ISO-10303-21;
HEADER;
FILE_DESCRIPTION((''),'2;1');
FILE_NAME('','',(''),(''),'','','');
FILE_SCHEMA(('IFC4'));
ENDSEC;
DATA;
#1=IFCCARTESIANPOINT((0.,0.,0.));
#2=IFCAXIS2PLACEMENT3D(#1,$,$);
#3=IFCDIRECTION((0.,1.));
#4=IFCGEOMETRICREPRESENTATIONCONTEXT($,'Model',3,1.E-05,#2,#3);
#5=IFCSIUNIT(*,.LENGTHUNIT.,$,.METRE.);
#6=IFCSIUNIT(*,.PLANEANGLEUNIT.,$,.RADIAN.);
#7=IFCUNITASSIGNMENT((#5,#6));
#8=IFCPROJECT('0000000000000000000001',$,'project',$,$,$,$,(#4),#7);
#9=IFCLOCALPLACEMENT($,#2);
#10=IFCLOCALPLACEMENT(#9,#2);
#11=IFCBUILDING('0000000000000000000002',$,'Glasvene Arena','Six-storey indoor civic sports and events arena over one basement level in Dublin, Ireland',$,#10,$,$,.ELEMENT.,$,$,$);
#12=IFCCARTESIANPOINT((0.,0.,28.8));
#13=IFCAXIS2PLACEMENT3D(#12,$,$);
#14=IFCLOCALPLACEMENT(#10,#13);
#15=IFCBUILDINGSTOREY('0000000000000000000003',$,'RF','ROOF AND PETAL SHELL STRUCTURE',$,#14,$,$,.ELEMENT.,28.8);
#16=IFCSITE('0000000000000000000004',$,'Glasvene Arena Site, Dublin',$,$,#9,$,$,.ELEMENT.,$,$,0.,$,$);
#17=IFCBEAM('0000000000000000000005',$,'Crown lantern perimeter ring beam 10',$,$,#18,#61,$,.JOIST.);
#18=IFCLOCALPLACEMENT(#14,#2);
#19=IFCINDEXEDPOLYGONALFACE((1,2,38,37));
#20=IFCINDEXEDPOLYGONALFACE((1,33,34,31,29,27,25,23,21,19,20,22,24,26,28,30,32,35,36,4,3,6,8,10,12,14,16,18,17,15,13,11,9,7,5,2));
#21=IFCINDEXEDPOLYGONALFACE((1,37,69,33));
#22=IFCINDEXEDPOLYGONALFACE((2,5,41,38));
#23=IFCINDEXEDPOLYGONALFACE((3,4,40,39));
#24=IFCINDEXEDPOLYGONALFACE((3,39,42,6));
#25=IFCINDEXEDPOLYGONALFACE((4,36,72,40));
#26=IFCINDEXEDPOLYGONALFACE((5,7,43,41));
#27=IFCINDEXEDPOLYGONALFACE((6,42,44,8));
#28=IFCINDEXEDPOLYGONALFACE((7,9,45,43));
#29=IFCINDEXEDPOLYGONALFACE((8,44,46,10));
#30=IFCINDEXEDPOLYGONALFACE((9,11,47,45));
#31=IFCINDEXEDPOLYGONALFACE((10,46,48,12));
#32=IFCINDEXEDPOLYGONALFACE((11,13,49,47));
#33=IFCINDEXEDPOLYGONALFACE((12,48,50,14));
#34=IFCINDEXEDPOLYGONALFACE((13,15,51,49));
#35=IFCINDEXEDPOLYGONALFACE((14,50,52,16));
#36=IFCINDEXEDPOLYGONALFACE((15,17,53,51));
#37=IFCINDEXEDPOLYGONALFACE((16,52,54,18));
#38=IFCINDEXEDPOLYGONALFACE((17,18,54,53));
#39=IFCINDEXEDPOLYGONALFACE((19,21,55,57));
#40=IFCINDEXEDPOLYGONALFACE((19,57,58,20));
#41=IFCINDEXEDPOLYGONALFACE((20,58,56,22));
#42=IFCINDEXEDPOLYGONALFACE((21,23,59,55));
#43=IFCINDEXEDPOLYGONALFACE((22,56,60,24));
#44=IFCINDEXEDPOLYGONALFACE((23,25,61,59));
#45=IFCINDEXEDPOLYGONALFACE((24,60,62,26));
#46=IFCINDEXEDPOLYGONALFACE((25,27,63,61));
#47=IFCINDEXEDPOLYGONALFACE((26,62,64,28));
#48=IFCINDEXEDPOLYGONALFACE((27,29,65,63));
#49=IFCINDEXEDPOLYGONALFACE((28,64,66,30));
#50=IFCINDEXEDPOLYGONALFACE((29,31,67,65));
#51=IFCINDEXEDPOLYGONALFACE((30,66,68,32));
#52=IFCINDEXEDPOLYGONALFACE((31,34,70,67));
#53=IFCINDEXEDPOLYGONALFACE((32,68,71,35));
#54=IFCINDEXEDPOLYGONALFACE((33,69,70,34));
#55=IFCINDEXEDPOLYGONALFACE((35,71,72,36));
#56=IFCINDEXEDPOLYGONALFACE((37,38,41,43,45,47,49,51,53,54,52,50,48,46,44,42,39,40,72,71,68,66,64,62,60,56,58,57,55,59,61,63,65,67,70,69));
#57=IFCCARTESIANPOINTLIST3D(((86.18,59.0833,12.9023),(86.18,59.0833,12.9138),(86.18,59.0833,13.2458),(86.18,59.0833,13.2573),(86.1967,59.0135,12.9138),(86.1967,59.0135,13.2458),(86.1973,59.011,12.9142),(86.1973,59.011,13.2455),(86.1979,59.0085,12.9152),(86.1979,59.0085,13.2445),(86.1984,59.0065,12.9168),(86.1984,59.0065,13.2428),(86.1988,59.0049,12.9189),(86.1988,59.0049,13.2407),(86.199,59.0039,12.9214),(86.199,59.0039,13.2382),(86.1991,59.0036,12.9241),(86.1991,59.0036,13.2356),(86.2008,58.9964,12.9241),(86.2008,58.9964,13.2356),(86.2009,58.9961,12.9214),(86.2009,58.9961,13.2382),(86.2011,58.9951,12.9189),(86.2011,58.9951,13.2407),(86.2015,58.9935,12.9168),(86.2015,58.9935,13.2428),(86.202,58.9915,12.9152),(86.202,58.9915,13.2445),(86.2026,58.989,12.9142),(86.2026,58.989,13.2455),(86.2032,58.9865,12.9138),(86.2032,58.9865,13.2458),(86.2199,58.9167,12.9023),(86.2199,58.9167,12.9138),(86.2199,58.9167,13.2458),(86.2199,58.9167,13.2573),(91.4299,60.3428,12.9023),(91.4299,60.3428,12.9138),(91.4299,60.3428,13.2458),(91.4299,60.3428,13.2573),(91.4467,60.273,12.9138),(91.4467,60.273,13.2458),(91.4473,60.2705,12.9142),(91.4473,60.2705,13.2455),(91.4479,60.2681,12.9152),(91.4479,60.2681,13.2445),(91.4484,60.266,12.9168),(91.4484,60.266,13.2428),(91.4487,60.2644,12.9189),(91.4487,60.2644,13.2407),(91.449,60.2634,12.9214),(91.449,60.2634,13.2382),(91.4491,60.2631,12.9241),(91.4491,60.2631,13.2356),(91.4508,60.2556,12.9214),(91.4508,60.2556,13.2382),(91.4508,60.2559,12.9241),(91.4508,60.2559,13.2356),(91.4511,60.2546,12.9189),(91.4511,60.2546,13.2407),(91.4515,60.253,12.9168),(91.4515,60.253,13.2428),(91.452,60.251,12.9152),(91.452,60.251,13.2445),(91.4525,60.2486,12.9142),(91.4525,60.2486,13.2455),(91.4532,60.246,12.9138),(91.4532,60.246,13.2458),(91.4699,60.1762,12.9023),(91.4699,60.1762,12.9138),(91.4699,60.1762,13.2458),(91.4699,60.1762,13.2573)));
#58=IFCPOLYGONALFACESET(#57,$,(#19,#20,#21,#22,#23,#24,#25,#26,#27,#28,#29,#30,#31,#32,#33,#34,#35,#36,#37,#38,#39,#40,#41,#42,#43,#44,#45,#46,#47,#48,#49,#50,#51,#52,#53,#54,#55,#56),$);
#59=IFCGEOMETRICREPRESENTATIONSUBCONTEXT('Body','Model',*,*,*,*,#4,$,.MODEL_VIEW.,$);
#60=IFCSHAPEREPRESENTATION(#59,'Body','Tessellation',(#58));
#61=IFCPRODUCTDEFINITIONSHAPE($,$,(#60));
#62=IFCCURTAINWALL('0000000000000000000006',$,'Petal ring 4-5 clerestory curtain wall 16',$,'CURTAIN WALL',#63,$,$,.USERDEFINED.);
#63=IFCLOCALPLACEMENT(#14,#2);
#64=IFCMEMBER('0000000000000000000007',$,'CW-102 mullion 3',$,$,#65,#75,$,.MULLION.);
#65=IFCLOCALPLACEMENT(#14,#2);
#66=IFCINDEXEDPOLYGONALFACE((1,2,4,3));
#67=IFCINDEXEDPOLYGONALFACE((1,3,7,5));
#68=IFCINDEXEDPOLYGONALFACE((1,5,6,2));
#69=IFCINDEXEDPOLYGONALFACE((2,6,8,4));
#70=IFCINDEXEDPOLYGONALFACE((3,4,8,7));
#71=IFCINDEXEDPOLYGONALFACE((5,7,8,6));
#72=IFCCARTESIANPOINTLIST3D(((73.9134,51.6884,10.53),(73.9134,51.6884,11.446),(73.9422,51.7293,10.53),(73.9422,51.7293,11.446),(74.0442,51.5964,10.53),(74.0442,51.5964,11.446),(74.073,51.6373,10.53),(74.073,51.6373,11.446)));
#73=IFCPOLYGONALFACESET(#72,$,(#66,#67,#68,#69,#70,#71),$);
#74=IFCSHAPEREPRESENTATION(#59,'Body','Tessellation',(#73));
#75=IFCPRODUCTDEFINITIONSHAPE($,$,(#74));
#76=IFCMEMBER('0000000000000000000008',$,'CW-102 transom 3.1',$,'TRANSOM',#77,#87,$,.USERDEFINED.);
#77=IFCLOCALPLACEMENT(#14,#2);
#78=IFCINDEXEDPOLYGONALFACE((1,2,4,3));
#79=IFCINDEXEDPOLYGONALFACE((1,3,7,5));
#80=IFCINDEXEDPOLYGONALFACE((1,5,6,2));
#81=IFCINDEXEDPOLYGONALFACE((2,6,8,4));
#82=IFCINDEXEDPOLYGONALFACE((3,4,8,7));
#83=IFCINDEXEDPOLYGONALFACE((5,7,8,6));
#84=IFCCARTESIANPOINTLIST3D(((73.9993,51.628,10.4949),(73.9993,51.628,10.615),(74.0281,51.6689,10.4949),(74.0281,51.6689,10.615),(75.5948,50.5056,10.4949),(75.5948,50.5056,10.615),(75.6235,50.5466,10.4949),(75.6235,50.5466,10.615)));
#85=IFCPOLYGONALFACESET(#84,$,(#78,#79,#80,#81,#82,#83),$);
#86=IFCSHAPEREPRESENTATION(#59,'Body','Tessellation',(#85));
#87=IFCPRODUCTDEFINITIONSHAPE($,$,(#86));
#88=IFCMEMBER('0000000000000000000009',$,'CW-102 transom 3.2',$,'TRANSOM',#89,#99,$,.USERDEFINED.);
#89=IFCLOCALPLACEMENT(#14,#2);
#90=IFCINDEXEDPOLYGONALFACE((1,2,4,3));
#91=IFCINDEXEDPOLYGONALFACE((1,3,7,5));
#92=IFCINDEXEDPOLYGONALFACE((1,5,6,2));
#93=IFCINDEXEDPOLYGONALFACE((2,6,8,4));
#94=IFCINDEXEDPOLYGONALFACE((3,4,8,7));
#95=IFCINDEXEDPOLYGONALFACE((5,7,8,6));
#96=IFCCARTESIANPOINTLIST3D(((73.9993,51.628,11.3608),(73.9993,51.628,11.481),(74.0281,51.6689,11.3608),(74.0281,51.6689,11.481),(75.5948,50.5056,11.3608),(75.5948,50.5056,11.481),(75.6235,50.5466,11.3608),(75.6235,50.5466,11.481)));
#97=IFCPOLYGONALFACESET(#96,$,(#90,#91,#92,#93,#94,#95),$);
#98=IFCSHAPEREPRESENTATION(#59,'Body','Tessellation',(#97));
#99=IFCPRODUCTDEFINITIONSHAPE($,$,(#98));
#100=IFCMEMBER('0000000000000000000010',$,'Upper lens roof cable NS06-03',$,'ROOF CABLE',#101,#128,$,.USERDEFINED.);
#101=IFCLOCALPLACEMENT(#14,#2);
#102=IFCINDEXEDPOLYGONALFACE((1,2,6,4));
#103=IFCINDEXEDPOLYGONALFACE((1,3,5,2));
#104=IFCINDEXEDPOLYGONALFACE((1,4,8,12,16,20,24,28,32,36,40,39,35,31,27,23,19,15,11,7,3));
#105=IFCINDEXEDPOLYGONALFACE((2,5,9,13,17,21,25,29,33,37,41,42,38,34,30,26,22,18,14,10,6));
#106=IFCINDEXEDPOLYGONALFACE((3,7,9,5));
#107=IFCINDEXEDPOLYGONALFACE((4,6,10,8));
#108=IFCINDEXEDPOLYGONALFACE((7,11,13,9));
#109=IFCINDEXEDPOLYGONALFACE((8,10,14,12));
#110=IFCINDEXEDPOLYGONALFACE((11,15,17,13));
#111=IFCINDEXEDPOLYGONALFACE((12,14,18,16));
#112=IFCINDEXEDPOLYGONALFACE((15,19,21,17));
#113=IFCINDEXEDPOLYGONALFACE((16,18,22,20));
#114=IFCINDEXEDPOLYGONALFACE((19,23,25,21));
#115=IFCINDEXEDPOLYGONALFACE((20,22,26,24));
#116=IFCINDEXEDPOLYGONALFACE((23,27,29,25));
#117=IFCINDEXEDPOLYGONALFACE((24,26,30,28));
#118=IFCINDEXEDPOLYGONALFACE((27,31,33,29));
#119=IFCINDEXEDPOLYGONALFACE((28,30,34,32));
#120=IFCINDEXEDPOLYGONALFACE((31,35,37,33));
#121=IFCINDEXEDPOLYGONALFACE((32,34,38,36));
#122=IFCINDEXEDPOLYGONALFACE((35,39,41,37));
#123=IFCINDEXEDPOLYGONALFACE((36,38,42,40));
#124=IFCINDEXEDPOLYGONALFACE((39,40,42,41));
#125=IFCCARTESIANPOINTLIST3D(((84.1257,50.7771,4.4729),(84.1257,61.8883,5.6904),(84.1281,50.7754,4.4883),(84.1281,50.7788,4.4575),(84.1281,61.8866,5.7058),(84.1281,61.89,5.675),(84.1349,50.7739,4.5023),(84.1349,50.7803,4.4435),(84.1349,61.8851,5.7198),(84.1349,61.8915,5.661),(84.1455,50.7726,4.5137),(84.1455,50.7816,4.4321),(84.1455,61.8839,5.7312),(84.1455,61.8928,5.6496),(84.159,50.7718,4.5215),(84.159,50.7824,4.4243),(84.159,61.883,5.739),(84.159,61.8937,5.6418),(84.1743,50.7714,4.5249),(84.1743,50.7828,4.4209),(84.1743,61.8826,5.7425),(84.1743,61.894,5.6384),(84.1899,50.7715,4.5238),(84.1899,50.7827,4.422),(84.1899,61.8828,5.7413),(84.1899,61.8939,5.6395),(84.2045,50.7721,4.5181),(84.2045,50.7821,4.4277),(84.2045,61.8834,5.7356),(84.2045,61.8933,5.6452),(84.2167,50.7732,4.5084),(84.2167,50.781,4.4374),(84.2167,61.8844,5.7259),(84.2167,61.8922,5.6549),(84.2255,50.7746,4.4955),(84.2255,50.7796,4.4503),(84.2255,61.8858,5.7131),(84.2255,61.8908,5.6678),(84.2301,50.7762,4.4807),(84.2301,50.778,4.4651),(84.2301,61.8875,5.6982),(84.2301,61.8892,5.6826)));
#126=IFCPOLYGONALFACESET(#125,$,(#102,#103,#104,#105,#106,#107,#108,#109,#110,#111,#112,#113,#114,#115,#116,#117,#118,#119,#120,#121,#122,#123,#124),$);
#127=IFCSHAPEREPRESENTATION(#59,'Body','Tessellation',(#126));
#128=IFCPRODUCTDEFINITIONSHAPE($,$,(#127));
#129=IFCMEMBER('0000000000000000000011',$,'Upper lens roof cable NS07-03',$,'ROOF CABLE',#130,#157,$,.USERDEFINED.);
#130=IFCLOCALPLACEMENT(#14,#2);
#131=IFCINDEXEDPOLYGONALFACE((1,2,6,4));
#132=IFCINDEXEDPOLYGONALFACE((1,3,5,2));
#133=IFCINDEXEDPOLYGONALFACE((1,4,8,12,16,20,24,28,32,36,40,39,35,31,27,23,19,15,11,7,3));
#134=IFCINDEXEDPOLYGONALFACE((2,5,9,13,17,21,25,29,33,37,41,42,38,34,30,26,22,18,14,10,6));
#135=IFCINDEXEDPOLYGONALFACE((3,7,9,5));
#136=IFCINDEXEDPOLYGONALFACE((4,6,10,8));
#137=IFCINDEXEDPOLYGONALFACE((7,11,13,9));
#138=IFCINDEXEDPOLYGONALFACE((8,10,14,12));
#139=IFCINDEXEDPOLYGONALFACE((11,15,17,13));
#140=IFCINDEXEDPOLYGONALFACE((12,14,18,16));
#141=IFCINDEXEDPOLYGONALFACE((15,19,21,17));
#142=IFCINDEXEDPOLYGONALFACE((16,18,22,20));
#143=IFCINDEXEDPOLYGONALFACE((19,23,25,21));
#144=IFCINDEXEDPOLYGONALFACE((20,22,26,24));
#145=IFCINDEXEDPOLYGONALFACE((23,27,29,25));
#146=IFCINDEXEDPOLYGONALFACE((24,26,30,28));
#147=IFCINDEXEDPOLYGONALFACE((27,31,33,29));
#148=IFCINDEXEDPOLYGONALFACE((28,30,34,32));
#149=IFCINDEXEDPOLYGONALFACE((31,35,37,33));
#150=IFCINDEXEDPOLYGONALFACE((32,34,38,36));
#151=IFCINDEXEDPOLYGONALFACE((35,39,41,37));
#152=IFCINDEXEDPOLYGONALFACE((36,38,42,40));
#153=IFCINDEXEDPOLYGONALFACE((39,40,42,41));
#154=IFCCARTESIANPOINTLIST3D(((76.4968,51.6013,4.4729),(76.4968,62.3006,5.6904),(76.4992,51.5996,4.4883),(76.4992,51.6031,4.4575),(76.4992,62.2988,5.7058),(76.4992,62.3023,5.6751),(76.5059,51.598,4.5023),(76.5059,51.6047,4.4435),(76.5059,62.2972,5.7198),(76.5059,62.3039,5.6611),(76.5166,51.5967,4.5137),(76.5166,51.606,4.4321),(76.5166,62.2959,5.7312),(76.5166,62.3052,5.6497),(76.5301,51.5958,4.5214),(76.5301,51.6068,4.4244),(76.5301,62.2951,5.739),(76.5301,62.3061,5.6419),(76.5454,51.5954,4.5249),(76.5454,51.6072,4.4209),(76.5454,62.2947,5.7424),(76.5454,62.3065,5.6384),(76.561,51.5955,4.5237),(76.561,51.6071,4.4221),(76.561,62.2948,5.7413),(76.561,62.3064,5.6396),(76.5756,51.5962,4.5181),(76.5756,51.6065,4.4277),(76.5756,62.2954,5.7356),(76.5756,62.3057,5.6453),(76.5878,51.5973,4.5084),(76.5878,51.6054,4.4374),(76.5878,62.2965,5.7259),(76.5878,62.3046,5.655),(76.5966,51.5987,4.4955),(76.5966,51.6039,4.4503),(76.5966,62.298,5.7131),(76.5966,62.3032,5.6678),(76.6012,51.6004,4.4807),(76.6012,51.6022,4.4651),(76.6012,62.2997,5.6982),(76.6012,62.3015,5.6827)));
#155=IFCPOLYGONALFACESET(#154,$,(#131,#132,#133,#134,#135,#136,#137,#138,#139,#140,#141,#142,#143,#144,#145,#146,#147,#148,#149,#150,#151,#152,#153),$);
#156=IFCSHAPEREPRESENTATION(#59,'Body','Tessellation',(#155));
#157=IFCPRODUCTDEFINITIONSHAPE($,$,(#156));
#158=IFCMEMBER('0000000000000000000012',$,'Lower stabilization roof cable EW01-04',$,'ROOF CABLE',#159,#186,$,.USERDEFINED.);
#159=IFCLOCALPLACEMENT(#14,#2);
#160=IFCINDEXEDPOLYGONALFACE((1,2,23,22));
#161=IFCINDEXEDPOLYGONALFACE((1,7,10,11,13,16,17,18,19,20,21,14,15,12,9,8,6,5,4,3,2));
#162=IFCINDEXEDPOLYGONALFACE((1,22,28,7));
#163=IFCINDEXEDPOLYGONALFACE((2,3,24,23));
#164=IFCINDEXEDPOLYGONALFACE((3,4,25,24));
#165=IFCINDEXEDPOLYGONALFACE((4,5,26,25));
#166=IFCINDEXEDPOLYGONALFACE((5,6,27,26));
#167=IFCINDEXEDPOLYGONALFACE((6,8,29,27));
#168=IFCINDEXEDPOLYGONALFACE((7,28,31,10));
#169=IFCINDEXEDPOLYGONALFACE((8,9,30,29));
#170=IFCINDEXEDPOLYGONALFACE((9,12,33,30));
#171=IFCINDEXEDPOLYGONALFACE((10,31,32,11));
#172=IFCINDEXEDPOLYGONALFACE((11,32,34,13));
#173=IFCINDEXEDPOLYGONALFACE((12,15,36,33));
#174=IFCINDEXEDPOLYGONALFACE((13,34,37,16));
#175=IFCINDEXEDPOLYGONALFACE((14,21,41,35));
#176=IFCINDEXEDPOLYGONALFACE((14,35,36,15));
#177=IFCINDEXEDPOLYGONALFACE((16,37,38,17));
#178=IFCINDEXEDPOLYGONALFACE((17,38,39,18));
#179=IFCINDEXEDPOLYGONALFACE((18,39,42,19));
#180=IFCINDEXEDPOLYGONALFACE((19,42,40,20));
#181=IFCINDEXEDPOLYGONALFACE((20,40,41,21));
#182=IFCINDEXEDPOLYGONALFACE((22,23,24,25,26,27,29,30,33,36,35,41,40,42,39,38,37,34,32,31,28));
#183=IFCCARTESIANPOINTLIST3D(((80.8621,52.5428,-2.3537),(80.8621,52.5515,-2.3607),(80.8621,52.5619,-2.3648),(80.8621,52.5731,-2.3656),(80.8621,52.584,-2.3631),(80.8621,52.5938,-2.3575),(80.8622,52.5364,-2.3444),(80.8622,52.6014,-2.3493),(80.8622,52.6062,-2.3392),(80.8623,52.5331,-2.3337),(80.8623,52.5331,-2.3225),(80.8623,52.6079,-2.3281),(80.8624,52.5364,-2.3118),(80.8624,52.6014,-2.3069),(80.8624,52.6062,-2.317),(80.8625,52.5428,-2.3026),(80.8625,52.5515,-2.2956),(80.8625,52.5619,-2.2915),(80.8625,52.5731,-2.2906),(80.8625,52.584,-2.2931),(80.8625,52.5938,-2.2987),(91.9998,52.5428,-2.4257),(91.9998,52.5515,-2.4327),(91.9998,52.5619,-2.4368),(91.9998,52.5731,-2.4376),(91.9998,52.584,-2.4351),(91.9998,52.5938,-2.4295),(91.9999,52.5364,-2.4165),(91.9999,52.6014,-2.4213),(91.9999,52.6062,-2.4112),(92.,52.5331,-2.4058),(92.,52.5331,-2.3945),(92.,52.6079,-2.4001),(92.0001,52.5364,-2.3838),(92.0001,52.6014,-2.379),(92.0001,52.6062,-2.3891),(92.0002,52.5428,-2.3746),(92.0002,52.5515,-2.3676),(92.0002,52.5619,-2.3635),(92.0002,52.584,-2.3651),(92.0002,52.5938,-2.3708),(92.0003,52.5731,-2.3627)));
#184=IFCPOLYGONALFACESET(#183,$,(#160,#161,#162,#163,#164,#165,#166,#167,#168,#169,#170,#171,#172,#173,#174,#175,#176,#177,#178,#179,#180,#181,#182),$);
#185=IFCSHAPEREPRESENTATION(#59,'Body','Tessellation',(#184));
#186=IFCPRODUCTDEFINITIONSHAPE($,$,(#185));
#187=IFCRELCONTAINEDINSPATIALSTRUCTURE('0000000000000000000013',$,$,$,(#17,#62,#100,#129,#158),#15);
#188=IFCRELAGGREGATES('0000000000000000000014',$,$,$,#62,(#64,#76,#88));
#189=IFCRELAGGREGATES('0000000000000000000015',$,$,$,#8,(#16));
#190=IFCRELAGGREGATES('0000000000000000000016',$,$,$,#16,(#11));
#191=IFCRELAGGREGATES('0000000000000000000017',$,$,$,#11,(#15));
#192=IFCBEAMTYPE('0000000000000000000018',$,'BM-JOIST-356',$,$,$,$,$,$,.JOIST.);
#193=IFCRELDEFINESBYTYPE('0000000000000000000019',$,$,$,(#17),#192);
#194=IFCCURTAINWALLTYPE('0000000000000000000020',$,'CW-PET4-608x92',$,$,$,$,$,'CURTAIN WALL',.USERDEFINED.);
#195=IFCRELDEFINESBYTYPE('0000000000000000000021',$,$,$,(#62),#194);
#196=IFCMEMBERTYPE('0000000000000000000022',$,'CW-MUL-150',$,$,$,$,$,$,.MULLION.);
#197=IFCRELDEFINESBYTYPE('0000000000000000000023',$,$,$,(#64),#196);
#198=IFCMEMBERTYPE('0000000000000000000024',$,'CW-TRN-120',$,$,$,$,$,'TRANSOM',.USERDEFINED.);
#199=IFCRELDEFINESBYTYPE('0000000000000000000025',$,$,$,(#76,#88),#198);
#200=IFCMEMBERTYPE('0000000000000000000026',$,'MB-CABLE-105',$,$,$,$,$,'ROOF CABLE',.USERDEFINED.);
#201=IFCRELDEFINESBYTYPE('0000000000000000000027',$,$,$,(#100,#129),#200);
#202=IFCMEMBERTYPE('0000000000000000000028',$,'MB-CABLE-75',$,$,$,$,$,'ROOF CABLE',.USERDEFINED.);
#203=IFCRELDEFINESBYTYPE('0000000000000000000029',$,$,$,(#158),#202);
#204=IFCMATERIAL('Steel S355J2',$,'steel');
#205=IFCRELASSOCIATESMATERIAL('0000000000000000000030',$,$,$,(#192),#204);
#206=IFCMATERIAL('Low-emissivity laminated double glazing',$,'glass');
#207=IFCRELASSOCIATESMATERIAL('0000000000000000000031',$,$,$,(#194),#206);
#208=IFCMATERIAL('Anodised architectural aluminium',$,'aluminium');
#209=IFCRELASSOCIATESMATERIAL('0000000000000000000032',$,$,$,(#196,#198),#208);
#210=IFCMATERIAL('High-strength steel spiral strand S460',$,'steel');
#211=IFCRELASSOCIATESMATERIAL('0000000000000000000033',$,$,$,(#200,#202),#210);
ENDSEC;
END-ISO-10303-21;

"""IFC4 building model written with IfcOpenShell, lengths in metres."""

from ifc_helpers import new_model, si_unit, direction, frame, origin, origin_2d, place, context, subcontext, project, spatial, rectangle, circle, i_section, extrude, material, material_profile, profile_set, type_object, element, aggregate, save


model = new_model("IFC4")

# Units and contexts
model_context = context("Model", 3, precision=1e-05, world=origin(), true_north=direction((0.0, 1.0)))
body_context = subcontext(model_context, "Body", "Model", "MODEL_VIEW")
ifc_project = project(units=[si_unit("LENGTHUNIT", "METRE"), si_unit("PLANEANGLEUNIT", "RADIAN")], contexts=[model_context])

# Site, building, storey
site_placement = place(None, origin())
site = spatial("IfcSite", under=ifc_project, at=site_placement, Name="Glasvene Arena Site, Dublin", CompositionType="ELEMENT", RefElevation=0.0)
building_placement = place(site_placement, origin())
building = spatial("IfcBuilding", under=site, at=building_placement, Name="Glasvene Arena", Description="Six-storey indoor civic sports and events arena over one basement level in Dublin, Ireland", CompositionType="ELEMENT")
storey_placement = place(building_placement, frame((0.0, 0.0, 28.8)))
storey = spatial("IfcBuildingStorey", under=building, at=storey_placement, Name="RF", Description="ROOF AND PETAL SHELL STRUCTURE", CompositionType="ELEMENT", Elevation=28.8)

# Beam
ifc_material_1 = material(Name="Steel S355J2", Category="steel")
ifc_material_profile_1 = material_profile(ifc_material_1, i_section(OverallWidth=0.1714, OverallDepth=0.355, WebThickness=0.0073, FlangeThickness=0.0115, FilletRadius=0.0103, at=origin_2d()), Name="UKB 356x171x51")
ifc_profile_set_1 = profile_set([ifc_material_profile_1], Name="Steel S355J2")
beam_type = type_object("IfcBeamType", Name="BM-JOIST-356", PredefinedType="JOIST", material=ifc_profile_set_1)
beam_placement = place(storey_placement, frame((86.2, 59.0, 13.0798), z_axis=(0.972407, 0.233289, 0.0), x_axis=(-0.233289, 0.972407, 0.0)))
element("IfcBeam", 1, at=beam_placement, inside=storey, type_object=beam_type, Name="Crown lantern perimeter ring beam 10", PredefinedType="JOIST", context=body_context, shape_type="SweptSolid", body=[
    extrude(i_section(OverallWidth=0.1714, OverallDepth=0.355, WebThickness=0.0073, FlangeThickness=0.0115, FilletRadius=0.0103, at=origin_2d()), origin(), (0.0, 0.0, 1.0), 5.3989),
])

# Curtain wall, members
ifc_material_2 = material(Name="Low-emissivity laminated double glazing", Category="glass")
curtain_wall_type = type_object("IfcCurtainWallType", Name="CW-PET4-608x92", ElementType="CURTAIN WALL", PredefinedType="USERDEFINED", material=ifc_material_2)
curtain_wall_placement = place(storey_placement, frame((70.6794, 53.9937, 0.0)))
curtain_wall = element("IfcCurtainWall", 2, at=curtain_wall_placement, inside=storey, type_object=curtain_wall_type, Name="Petal ring 4-5 clerestory curtain wall 16", ObjectType="CURTAIN WALL", PredefinedType="USERDEFINED")
ifc_material_3 = material(Name="Anodised architectural aluminium", Category="aluminium")
ifc_material_profile_2 = material_profile(ifc_material_3, rectangle(XDim=0.05, YDim=0.1599, at=origin_2d()), Name="ALU MULLION 50x160")
ifc_profile_set_2 = profile_set([ifc_material_profile_2], Name="Anodised architectural aluminium")
member_type_1 = type_object("IfcMemberType", Name="CW-MUL-150", PredefinedType="MULLION", material=ifc_profile_set_2)
member_1_placement = place(storey_placement, frame((73.9932, 51.6628, 10.53), z_axis=(0.0, 0.0, 1.0), x_axis=(0.575325, 0.817925, 0.0)))
member_1 = element("IfcMember", 3, at=member_1_placement, type_object=member_type_1, Name="CW-102 mullion 3", PredefinedType="MULLION", context=body_context, shape_type="SweptSolid", body=[
    extrude(rectangle(XDim=0.05, YDim=0.1599, at=origin_2d()), origin(), (0.0, 0.0, 1.0), 0.916),
])
ifc_material_profile_3 = material_profile(ifc_material_3, rectangle(XDim=0.05, YDim=0.1201, at=origin_2d()), Name="ALU TRANSOM 50x120")
ifc_profile_set_3 = profile_set([ifc_material_profile_3], Name="Anodised architectural aluminium")
member_type_2 = type_object("IfcMemberType", Name="CW-TRN-120", ElementType="TRANSOM", PredefinedType="USERDEFINED", material=ifc_profile_set_3)
member_2_placement = place(storey_placement, frame((74.0137, 51.6484, 10.5549), z_axis=(0.817907, -0.575351, 0.0), x_axis=(0.575351, 0.817907, 0.0)))
member_2 = element("IfcMember", 4, at=member_2_placement, type_object=member_type_2, Name="CW-102 transom 3.1", ObjectType="TRANSOM", PredefinedType="USERDEFINED", context=body_context, shape_type="SweptSolid", body=[
    extrude(rectangle(XDim=0.05, YDim=0.1201, at=origin_2d()), origin(), (0.0, 0.0, 1.0), 1.9507),
])
member_3_placement = place(storey_placement, frame((74.0137, 51.6484, 11.4209), z_axis=(0.817907, -0.575351, 0.0), x_axis=(0.575351, 0.817907, 0.0)))
member_3 = element("IfcMember", 5, at=member_3_placement, type_object=member_type_2, Name="CW-102 transom 3.2", ObjectType="TRANSOM", PredefinedType="USERDEFINED", context=body_context, shape_type="SweptSolid", body=[
    extrude(rectangle(XDim=0.05, YDim=0.1201, at=origin_2d()), origin(), (0.0, 0.0, 1.0), 1.9507),
])

# Members
ifc_material_4 = material(Name="High-strength steel spiral strand S460", Category="steel")
ifc_material_profile_4 = material_profile(ifc_material_4, circle(Radius=0.0525, at=origin_2d()), Name="LCSS D105")
ifc_profile_set_4 = profile_set([ifc_material_profile_4], Name="High-strength steel spiral strand S460")
member_type_3 = type_object("IfcMemberType", Name="MB-CABLE-105", ElementType="ROOF CABLE", PredefinedType="USERDEFINED", material=ifc_profile_set_4)
member_4_placement = place(storey_placement, frame((84.1782, 50.7771, 4.4729), z_axis=(0.0, 0.99405, 0.108924), x_axis=(-1.0, 0.0, 0.0)))
element("IfcMember", 6, at=member_4_placement, inside=storey, type_object=member_type_3, Name="Upper lens roof cable NS06-03", ObjectType="ROOF CABLE", PredefinedType="USERDEFINED", context=body_context, shape_type="SweptSolid", body=[
    extrude(circle(Radius=0.0525, at=origin_2d()), origin(), (0.0, 0.0, 1.0), 11.1777),
])
member_5_placement = place(storey_placement, frame((76.5493, 51.6013, 4.4729), z_axis=(0.0, 0.993587, 0.113066), x_axis=(-1.0, 0.0, 0.0)))
element("IfcMember", 7, at=member_5_placement, inside=storey, type_object=member_type_3, Name="Upper lens roof cable NS07-03", ObjectType="ROOF CABLE", PredefinedType="USERDEFINED", context=body_context, shape_type="SweptSolid", body=[
    extrude(circle(Radius=0.0525, at=origin_2d()), origin(), (0.0, 0.0, 1.0), 10.7683),
])
ifc_material_profile_5 = material_profile(ifc_material_4, circle(Radius=0.0376, at=origin_2d()), Name="LCSS D75")
ifc_profile_set_5 = profile_set([ifc_material_profile_5], Name="High-strength steel spiral strand S460")
member_type_4 = type_object("IfcMemberType", Name="MB-CABLE-75", ElementType="ROOF CABLE", PredefinedType="USERDEFINED", material=ifc_profile_set_5)
member_6_placement = place(storey_placement, frame((80.8623, 52.5703, -2.3281), z_axis=(0.999979, 0.0, -0.006466), x_axis=(0.0, 1.0, 0.0)))
element("IfcMember", 8, at=member_6_placement, inside=storey, type_object=member_type_4, Name="Lower stabilization roof cable EW01-04", ObjectType="ROOF CABLE", PredefinedType="USERDEFINED", context=body_context, shape_type="SweptSolid", body=[
    extrude(circle(Radius=0.0376, at=origin_2d()), origin(), (0.0, 0.0, 1.0), 11.1379),
])

aggregate(curtain_wall, [member_1, member_2, member_3])

save(model, "model.ifc")
